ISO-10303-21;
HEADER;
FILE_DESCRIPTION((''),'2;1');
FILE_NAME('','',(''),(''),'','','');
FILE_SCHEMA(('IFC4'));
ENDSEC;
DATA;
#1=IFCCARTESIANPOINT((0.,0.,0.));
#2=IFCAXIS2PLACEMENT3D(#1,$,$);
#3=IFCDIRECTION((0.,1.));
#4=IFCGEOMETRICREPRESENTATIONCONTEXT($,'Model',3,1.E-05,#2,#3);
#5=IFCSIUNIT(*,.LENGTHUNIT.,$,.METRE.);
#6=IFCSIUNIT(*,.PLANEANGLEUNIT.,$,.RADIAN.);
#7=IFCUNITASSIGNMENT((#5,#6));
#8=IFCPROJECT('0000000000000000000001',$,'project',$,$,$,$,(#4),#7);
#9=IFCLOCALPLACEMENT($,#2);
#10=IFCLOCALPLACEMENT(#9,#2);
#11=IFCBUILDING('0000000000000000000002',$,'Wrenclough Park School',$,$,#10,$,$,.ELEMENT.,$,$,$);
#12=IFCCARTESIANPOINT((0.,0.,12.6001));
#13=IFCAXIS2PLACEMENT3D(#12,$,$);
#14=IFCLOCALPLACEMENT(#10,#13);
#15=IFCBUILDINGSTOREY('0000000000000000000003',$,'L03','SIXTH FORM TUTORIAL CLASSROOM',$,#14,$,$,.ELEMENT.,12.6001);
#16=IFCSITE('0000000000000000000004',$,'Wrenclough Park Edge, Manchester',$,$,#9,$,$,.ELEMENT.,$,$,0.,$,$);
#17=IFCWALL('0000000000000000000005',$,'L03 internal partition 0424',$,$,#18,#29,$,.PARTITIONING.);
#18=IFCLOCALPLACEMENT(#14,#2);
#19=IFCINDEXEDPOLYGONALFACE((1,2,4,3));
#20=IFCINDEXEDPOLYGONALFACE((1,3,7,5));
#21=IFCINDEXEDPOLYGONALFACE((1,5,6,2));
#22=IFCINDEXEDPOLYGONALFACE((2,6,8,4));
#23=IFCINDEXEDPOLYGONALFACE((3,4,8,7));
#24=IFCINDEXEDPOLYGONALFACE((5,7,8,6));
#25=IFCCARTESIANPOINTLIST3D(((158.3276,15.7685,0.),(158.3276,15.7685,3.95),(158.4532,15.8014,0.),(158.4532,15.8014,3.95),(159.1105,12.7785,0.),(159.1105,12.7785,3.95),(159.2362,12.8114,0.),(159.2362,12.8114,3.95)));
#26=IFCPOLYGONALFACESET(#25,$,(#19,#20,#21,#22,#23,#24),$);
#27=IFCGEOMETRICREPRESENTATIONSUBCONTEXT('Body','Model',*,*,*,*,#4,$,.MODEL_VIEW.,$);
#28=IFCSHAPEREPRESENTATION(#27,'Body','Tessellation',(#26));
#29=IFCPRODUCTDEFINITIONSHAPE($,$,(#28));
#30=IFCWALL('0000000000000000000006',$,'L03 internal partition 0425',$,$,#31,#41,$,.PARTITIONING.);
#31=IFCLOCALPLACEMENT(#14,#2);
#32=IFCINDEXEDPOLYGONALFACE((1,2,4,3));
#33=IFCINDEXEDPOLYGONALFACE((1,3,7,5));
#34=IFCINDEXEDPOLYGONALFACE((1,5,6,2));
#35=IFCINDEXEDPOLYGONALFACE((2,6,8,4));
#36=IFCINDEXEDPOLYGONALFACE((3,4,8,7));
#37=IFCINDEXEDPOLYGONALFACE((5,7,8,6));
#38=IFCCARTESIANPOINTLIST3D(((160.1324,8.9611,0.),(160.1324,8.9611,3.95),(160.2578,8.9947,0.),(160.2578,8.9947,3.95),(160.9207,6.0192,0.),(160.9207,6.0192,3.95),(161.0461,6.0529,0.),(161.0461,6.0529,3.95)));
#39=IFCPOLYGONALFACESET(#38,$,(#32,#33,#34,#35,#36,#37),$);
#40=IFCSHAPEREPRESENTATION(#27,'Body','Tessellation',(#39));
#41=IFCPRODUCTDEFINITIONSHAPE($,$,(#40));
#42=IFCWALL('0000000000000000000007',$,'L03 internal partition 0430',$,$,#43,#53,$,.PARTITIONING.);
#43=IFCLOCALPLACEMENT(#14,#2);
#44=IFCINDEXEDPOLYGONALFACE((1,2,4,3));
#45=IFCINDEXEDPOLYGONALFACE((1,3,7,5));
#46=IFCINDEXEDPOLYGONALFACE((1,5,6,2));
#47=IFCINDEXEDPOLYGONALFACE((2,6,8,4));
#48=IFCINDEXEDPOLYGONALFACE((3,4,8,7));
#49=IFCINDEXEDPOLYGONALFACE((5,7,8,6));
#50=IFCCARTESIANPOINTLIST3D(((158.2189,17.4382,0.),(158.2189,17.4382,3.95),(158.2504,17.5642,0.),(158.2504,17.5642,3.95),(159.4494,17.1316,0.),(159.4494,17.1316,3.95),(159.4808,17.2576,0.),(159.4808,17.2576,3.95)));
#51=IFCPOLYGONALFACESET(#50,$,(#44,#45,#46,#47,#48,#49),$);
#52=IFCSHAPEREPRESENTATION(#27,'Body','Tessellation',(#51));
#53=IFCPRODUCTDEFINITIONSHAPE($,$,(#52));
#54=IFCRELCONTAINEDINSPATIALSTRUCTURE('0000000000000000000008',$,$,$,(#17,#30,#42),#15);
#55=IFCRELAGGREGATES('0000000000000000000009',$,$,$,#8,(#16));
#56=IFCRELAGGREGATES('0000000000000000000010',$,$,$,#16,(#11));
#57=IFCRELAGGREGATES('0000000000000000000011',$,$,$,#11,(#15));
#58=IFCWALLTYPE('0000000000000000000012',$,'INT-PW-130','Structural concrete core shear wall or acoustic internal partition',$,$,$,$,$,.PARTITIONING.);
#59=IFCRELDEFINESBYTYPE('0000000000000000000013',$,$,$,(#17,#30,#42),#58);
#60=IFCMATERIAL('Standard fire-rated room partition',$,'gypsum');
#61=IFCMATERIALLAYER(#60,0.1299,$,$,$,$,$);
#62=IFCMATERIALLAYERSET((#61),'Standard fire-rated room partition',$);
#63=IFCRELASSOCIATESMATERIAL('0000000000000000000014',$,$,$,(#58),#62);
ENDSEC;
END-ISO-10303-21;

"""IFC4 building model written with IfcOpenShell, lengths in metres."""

from ifc_helpers import new_model, si_unit, direction, frame, frame_2d, origin, place, context, subcontext, project, spatial, rectangle, extrude, material, layer, layer_set, type_object, element, save


model = new_model("IFC4")

# Units and contexts
model_context = context("Model", 3, precision=1e-05, world=origin(), true_north=direction((0.0, 1.0)))
body_context = subcontext(model_context, "Body", "Model", "MODEL_VIEW")
ifc_project = project(units=[si_unit("LENGTHUNIT", "METRE"), si_unit("PLANEANGLEUNIT", "RADIAN")], contexts=[model_context])

# Site, building, storey
site_placement = place(None, origin())
site = spatial("IfcSite", under=ifc_project, at=site_placement, Name="Wrenclough Park Edge, Manchester", CompositionType="ELEMENT", RefElevation=0.0)
building_placement = place(site_placement, origin())
building = spatial("IfcBuilding", under=site, at=building_placement, Name="Wrenclough Park School", CompositionType="ELEMENT")
storey_placement = place(building_placement, frame((0.0, 0.0, 12.6001)))
storey = spatial("IfcBuildingStorey", under=building, at=storey_placement, Name="L03", Description="SIXTH FORM TUTORIAL CLASSROOM", CompositionType="ELEMENT", Elevation=12.6001)

# Walls
ifc_material_1 = material(Name="Standard fire-rated room partition", Category="gypsum")
ifc_layer_1 = layer(ifc_material_1, 0.1299)
ifc_layer_set_1 = layer_set([ifc_layer_1], Name="Standard fire-rated room partition")
wall_type_1 = type_object("IfcWallType", Name="INT-PW-130", Description="Structural concrete core shear wall or acoustic internal partition", PredefinedType="PARTITIONING", material=ifc_layer_set_1)
wall_1_placement = place(storey_placement, frame((158.3904, 15.7849, 0.0), z_axis=(0.0, 0.0, 1.0), x_axis=(0.253319, -0.967383, 0.0)))
element("IfcWall", 1, at=wall_1_placement, inside=storey, type_object=wall_type_1, Name="L03 internal partition 0424", PredefinedType="PARTITIONING", context=body_context, shape_type="SweptSolid", body=[
    extrude(rectangle(XDim=3.0908, YDim=0.1299, at=frame_2d((1.5454, 0.0))), origin(), (0.0, 0.0, 1.0), 3.95),
])
wall_2_placement = place(storey_placement, frame((160.1951, 8.978, 0.0), z_axis=(0.0, 0.0, 1.0), x_axis=(0.258835, -0.965922, 0.0)))
element("IfcWall", 2, at=wall_2_placement, inside=storey, type_object=wall_type_1, Name="L03 internal partition 0425", PredefinedType="PARTITIONING", context=body_context, shape_type="SweptSolid", body=[
    extrude(rectangle(XDim=3.0457, YDim=0.1299, at=frame_2d((1.5229, 0.0))), origin(), (0.0, 0.0, 1.0), 3.95),
])
wall_3_placement = place(storey_placement, frame((159.4651, 17.1946, 0.0), z_axis=(0.0, 0.0, 1.0), x_axis=(-0.970323, 0.241811, 0.0)))
element("IfcWall", 3, at=wall_3_placement, inside=storey, type_object=wall_type_1, Name="L03 internal partition 0430", PredefinedType="PARTITIONING", context=body_context, shape_type="SweptSolid", body=[
    extrude(rectangle(XDim=1.2681, YDim=0.1299, at=frame_2d((0.634, 0.0))), origin(), (0.0, 0.0, 1.0), 3.95),
])

save(model, "model.ifc")
